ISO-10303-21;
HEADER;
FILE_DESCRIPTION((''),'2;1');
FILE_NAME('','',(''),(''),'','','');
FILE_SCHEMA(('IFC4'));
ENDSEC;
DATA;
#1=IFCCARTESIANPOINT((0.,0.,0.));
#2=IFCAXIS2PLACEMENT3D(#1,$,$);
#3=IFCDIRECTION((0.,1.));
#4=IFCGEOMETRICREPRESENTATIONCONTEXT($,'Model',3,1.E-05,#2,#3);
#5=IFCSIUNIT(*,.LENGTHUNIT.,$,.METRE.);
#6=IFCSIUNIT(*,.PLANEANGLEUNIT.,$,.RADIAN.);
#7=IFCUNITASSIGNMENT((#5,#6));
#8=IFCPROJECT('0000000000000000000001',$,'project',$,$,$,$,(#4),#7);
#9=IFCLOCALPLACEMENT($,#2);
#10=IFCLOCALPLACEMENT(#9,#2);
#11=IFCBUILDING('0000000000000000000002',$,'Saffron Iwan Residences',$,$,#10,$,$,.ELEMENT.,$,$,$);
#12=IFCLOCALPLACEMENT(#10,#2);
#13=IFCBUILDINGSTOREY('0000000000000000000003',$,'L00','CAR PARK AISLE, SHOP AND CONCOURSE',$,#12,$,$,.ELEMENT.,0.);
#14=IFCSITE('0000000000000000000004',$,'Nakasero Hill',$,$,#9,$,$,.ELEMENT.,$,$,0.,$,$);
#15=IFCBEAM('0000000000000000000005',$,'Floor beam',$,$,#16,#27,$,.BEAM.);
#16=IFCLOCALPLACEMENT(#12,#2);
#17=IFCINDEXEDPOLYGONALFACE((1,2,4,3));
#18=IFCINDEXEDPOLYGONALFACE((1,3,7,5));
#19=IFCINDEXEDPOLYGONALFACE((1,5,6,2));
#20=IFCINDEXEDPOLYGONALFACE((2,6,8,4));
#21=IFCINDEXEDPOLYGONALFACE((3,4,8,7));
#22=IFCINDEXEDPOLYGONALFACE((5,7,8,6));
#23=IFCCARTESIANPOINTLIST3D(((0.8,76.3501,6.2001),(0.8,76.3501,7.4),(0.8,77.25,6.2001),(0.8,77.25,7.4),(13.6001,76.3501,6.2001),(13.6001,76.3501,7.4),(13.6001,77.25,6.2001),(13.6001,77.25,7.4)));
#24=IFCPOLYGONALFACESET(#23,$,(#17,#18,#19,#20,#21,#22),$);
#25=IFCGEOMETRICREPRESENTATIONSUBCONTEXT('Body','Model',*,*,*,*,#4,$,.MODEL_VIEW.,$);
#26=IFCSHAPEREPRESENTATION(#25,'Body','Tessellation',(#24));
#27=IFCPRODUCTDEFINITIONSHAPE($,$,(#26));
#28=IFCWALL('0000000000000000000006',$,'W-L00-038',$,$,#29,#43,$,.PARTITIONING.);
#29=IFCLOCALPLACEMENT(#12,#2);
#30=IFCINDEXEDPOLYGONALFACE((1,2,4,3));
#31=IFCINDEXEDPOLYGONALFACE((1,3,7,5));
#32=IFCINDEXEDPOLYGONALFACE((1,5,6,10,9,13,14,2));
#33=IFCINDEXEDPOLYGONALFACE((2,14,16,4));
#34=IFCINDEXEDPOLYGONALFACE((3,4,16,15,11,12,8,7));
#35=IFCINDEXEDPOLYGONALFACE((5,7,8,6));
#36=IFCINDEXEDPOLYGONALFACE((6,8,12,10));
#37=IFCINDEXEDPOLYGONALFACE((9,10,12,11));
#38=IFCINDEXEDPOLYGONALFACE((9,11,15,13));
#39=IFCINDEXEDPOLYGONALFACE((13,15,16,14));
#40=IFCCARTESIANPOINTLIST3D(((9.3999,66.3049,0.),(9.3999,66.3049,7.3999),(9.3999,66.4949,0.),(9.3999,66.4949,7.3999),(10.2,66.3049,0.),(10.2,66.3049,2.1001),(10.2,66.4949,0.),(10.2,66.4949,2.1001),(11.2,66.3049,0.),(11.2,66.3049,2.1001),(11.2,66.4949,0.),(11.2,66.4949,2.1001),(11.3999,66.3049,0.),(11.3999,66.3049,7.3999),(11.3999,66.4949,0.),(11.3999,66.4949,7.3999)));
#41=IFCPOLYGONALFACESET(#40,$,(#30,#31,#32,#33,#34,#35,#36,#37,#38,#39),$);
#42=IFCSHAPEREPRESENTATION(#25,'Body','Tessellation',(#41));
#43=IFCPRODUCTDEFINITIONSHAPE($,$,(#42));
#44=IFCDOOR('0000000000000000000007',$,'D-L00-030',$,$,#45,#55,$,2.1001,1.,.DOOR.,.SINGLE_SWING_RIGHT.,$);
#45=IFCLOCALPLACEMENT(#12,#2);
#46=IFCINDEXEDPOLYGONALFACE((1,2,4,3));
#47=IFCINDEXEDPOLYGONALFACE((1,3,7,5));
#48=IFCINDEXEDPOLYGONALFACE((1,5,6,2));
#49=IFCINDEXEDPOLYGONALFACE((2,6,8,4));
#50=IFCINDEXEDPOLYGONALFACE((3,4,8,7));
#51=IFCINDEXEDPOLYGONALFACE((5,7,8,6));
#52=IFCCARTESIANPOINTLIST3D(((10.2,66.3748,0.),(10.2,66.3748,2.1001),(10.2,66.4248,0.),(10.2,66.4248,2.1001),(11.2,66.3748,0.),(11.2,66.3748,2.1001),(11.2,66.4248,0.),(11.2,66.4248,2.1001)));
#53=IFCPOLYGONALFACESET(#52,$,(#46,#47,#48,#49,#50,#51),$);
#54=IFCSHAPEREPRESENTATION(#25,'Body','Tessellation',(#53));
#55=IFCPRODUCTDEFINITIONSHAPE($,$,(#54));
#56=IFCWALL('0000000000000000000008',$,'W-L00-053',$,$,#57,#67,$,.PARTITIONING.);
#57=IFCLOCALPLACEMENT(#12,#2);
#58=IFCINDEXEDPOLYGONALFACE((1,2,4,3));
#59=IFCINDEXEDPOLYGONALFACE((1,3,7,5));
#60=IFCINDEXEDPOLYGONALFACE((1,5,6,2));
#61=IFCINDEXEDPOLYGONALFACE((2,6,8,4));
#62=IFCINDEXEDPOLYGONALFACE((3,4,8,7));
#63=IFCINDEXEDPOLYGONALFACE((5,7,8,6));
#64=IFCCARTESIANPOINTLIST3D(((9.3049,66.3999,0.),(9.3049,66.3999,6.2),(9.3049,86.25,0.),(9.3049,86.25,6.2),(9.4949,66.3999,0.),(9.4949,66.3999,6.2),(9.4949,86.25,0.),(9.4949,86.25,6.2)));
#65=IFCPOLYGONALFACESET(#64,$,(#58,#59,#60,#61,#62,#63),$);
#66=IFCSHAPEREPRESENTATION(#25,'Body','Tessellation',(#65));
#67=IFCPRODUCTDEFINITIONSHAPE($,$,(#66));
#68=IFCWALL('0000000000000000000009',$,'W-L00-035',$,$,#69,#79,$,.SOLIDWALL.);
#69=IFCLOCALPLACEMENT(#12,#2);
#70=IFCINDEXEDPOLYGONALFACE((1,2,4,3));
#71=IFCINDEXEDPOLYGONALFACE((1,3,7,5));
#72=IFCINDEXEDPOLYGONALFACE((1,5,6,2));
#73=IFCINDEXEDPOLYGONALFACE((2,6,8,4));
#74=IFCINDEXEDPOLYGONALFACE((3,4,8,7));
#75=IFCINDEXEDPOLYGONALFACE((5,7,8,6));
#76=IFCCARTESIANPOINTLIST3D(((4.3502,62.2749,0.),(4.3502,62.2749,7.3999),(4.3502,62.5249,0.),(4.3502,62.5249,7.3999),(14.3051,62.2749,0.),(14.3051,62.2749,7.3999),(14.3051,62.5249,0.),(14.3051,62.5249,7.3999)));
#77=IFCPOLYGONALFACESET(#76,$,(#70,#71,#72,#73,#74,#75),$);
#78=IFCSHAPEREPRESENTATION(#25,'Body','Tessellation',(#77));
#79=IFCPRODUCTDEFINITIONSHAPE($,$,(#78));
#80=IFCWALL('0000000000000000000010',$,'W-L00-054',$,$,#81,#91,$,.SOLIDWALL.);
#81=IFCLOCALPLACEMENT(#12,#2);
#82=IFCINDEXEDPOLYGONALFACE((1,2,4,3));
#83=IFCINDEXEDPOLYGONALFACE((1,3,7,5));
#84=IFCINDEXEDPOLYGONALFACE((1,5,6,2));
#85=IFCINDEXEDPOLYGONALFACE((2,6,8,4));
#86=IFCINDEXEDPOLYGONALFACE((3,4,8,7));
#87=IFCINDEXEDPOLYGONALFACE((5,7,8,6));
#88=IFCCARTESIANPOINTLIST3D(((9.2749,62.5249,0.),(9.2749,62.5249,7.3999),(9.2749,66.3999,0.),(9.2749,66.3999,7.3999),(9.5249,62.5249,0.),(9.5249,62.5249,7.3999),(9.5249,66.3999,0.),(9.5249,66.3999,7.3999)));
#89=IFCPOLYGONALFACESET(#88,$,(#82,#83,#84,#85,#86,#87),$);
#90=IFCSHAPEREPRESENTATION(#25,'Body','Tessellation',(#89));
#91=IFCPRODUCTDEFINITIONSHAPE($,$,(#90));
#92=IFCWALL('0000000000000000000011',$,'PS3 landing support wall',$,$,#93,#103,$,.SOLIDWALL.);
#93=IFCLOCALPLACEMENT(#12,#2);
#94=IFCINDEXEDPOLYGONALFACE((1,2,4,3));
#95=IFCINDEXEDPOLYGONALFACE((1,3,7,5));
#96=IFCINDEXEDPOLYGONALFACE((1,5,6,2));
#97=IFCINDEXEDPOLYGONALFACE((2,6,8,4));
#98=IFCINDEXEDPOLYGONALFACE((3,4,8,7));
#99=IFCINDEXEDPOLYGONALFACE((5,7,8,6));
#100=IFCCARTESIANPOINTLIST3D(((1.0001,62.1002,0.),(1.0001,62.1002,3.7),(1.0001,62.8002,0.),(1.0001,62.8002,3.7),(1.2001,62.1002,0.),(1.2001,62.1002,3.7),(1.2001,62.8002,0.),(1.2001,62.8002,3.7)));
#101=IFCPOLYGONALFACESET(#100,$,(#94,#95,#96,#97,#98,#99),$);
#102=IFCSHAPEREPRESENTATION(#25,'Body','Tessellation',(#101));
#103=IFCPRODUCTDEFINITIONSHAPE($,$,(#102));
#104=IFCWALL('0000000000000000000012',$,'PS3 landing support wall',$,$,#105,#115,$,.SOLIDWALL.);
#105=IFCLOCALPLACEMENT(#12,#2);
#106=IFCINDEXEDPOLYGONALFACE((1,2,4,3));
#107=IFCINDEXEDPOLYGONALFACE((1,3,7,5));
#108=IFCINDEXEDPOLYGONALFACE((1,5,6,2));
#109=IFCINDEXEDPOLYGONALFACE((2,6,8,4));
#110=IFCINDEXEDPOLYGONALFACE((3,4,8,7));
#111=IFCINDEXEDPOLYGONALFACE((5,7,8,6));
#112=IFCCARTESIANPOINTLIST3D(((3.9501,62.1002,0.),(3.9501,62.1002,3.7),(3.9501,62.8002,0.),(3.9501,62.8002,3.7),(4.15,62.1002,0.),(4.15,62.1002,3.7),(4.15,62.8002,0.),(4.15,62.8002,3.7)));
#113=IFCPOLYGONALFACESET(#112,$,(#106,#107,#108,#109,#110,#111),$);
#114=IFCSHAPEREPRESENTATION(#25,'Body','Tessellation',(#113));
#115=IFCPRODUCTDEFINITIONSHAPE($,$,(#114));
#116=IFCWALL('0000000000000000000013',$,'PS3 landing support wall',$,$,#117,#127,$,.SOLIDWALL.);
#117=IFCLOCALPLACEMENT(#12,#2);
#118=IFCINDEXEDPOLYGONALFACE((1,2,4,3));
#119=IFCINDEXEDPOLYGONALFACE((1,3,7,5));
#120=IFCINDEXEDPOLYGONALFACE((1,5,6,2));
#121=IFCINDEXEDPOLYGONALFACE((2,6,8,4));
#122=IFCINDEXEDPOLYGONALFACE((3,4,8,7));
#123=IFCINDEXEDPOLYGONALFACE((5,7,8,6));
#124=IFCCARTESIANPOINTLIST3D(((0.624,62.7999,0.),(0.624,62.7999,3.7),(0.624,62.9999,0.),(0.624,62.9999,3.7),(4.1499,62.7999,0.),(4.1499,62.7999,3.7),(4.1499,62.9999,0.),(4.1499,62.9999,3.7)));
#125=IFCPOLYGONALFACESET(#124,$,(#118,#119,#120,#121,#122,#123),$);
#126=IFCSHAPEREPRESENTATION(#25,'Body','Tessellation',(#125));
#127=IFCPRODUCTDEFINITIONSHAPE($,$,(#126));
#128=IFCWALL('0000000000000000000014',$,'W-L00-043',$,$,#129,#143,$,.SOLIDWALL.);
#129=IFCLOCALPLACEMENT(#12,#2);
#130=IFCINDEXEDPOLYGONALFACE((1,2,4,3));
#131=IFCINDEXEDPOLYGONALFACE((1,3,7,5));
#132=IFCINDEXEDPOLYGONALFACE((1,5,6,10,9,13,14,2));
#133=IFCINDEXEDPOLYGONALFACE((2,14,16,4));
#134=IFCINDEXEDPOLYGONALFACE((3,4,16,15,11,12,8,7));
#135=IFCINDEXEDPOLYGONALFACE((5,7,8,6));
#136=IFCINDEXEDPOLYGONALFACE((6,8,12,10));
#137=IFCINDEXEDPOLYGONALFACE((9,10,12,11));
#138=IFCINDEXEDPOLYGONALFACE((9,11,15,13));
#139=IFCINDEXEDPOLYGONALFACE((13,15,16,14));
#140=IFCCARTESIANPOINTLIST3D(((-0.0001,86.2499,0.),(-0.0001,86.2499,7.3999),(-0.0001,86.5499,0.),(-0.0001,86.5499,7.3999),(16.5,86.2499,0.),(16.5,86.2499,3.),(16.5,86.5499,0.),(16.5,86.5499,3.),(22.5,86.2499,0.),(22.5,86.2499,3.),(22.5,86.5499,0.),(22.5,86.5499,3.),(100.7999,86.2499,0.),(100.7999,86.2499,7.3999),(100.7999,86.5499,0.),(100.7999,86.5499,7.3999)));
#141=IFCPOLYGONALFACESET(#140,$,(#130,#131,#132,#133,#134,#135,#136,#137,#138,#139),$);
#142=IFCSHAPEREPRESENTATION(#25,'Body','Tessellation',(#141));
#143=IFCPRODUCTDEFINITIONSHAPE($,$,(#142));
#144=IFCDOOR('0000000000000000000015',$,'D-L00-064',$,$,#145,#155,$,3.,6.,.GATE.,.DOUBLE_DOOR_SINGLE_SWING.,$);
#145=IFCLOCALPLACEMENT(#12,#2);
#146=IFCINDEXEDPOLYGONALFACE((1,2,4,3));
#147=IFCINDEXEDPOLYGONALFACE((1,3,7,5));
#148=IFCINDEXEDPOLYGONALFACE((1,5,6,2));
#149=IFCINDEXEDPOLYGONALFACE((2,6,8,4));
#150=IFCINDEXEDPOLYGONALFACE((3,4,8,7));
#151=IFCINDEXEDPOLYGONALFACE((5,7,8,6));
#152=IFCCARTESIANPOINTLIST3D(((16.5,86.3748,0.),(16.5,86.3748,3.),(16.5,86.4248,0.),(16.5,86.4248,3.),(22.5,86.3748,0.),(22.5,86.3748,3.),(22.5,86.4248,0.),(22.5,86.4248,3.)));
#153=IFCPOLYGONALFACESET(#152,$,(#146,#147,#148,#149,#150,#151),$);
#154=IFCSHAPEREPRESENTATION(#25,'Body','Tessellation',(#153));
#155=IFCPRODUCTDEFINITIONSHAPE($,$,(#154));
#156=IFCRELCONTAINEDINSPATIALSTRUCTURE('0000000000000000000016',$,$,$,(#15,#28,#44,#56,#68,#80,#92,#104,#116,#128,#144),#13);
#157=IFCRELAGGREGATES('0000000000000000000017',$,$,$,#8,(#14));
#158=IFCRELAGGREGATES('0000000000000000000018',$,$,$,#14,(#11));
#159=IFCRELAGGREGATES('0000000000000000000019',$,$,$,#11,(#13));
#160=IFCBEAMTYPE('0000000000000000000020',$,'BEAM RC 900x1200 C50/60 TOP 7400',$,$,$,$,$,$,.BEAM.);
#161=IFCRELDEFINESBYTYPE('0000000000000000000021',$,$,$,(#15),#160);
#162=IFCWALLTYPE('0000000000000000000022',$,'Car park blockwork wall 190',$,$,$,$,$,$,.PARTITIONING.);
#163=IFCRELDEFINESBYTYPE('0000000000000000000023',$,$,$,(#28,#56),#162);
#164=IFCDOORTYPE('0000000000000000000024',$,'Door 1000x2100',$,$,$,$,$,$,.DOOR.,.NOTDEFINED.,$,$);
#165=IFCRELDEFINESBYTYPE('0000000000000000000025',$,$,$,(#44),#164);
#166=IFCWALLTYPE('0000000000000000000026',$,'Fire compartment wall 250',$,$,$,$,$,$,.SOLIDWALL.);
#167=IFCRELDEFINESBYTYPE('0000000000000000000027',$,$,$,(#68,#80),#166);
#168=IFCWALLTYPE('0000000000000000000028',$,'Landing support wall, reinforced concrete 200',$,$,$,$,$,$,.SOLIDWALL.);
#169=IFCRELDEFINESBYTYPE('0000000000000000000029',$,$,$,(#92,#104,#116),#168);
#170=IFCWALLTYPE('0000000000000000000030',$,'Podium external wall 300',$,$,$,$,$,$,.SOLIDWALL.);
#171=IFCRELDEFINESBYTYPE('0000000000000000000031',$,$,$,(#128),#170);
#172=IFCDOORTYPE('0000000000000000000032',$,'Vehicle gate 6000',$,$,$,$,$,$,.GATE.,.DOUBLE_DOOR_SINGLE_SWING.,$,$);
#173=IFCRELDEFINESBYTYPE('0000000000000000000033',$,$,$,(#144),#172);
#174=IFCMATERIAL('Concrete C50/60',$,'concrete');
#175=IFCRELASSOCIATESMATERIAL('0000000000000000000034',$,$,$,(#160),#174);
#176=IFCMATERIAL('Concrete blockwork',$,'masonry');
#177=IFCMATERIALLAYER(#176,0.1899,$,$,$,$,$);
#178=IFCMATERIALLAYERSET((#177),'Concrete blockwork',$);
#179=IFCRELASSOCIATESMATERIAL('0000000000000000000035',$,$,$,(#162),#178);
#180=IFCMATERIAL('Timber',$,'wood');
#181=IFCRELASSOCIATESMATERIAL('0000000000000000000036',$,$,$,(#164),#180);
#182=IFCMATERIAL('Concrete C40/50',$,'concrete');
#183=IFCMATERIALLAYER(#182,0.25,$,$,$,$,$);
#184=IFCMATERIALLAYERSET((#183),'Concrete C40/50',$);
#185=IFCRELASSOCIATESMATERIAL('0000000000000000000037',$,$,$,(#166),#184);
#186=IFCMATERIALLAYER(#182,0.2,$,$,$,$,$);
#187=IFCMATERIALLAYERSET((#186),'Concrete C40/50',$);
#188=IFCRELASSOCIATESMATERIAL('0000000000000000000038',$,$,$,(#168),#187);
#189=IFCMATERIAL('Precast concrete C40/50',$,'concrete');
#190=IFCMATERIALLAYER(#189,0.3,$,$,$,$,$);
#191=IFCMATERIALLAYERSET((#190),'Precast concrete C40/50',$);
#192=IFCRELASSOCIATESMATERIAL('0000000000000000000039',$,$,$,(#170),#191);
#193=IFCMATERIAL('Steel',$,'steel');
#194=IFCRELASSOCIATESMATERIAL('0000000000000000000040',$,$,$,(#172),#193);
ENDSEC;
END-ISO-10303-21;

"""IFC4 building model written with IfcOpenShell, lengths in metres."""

from ifc_helpers import new_model, si_unit, direction, frame, frame_2d, origin, origin_2d, place, context, subcontext, project, spatial, rectangle, extrude, source, transform, mapped, material, layer, layer_set, material_profile, profile_set, type_object, element, fill, save


model = new_model("IFC4")

# Units and contexts
model_context = context("Model", 3, precision=1e-05, world=origin(), true_north=direction((0.0, 1.0)))
body_context = subcontext(model_context, "Body", "Model", "MODEL_VIEW")
ifc_project = project(units=[si_unit("LENGTHUNIT", "METRE"), si_unit("PLANEANGLEUNIT", "RADIAN")], contexts=[model_context])

# Site, building, storey
site_placement = place(None, origin())
site = spatial("IfcSite", under=ifc_project, at=site_placement, Name="Nakasero Hill", CompositionType="ELEMENT", RefElevation=0.0)
building_placement = place(site_placement, origin())
building = spatial("IfcBuilding", under=site, at=building_placement, Name="Saffron Iwan Residences", CompositionType="ELEMENT")
storey_placement = place(building_placement, origin())
storey = spatial("IfcBuildingStorey", under=building, at=storey_placement, Name="L00", Description="CAR PARK AISLE, SHOP AND CONCOURSE", CompositionType="ELEMENT", Elevation=0.0)

# Shared definitions
ifc_material_1 = material(Name="Concrete C50/60", Category="concrete")

# Beam
ifc_material_profile_1 = material_profile(ifc_material_1, rectangle(XDim=0.8999, YDim=1.2, at=origin_2d()), Name="RC 900x1200")
ifc_profile_set_1 = profile_set([ifc_material_profile_1], Name="Concrete C50/60")
beam_type_1 = type_object("IfcBeamType", Name="BEAM RC 900x1200 C50/60 TOP 7400", PredefinedType="BEAM", material=ifc_profile_set_1)
shared_shape_1 = source(origin(), body_context, "Body", "SweptSolid", [
    extrude(rectangle(XDim=0.8999, YDim=1.2, at=origin_2d()), origin(), (0.0, 0.0, 1.0), 12.8),
])
beam_1_placement = place(storey_placement, frame((0.8, 76.8, 6.8), z_axis=(1.0, 0.0, 0.0), x_axis=(0.0, 1.0, 0.0)))
element("IfcBeam", 1, at=beam_1_placement, inside=storey, type_object=beam_type_1, Name="Floor beam", PredefinedType="BEAM", context=body_context, shape_type="MappedRepresentation", body=[
    mapped(shared_shape_1, transform((0.0, 0.0, 0.0))),
])

# Wall, opening, door
ifc_material_2 = material(Name="Concrete blockwork", Category="masonry")
ifc_layer_1 = layer(ifc_material_2, 0.1899)
ifc_layer_set_1 = layer_set([ifc_layer_1], Name="Concrete blockwork")
wall_type_1 = type_object("IfcWallType", Name="Car park blockwork wall 190", PredefinedType="PARTITIONING", material=ifc_layer_set_1)
wall_1_placement = place(storey_placement, frame((9.3999, 66.3999, 0.0), z_axis=(0.0, 0.0, 1.0), x_axis=(1.0, 0.0, 0.0)))
wall_1 = element("IfcWall", 2, at=wall_1_placement, inside=storey, type_object=wall_type_1, Name="W-L00-038", PredefinedType="PARTITIONING", context=body_context, shape_type="SweptSolid", body=[
    extrude(rectangle(XDim=2.0, YDim=0.1899, at=frame_2d((1.0, 0.0))), origin(), (0.0, 0.0, 1.0), 7.3999),
])
opening_1_placement = place(wall_1_placement, frame((0.8, 0.0, 0.0)))
opening_1 = element("IfcOpeningElement", 3, at=opening_1_placement, cuts=wall_1, PredefinedType="OPENING", context=body_context, shape_type="SweptSolid", body=[
    extrude(rectangle(XDim=1.0, YDim=2.1001, at=frame_2d((0.5, 1.05))), frame((0.0, 0.105, 0.0), z_axis=(0.0, -1.0, 0.0), x_axis=(1.0, 0.0, 0.0)), (0.0, 0.0, 1.0), 0.21),
])
ifc_material_3 = material(Name="Timber", Category="wood")
door_type_1 = type_object("IfcDoorType", Name="Door 1000x2100", OperationType="NOTDEFINED", PredefinedType="DOOR", material=ifc_material_3)
door_1_placement = place(opening_1_placement, origin())
door_1 = element("IfcDoor", 4, at=door_1_placement, inside=storey, type_object=door_type_1, Name="D-L00-030", OperationType="SINGLE_SWING_RIGHT", OverallHeight=2.1001, OverallWidth=1.0, PredefinedType="DOOR", context=body_context, shape_type="SweptSolid", body=[
    extrude(rectangle(XDim=1.0, YDim=2.1001, at=frame_2d((0.5, 1.05))), frame((0.0, 0.0249, 0.0), z_axis=(0.0, -1.0, 0.0), x_axis=(1.0, 0.0, 0.0)), (0.0, 0.0, 1.0), 0.05),
])
fill(opening_1, door_1)

# Walls
wall_2_placement = place(storey_placement, frame((9.3999, 66.3999, 0.0), z_axis=(0.0, 0.0, 1.0), x_axis=(0.0, 1.0, 0.0)))
element("IfcWall", 5, at=wall_2_placement, inside=storey, type_object=wall_type_1, Name="W-L00-053", PredefinedType="PARTITIONING", context=body_context, shape_type="SweptSolid", body=[
    extrude(rectangle(XDim=19.8501, YDim=0.1899, at=frame_2d((9.925, 0.0))), origin(), (0.0, 0.0, 1.0), 6.2),
])
ifc_material_4 = material(Name="Concrete C40/50", Category="concrete")
ifc_layer_2 = layer(ifc_material_4, 0.25)
ifc_layer_set_2 = layer_set([ifc_layer_2], Name="Concrete C40/50")
wall_type_2 = type_object("IfcWallType", Name="Fire compartment wall 250", PredefinedType="SOLIDWALL", material=ifc_layer_set_2)
wall_3_placement = place(storey_placement, frame((4.3501, 62.3999, 0.0), z_axis=(0.0, 0.0, 1.0), x_axis=(1.0, 0.0, 0.0)))
element("IfcWall", 6, at=wall_3_placement, inside=storey, type_object=wall_type_2, Name="W-L00-035", PredefinedType="SOLIDWALL", context=body_context, shape_type="SweptSolid", body=[
    extrude(rectangle(XDim=9.9548, YDim=0.25, at=frame_2d((4.9775, 0.0))), origin(), (0.0, 0.0, 1.0), 7.3999),
])
wall_4_placement = place(storey_placement, frame((9.3999, 62.5249, 0.0), z_axis=(0.0, 0.0, 1.0), x_axis=(0.0, 1.0, 0.0)))
element("IfcWall", 7, at=wall_4_placement, inside=storey, type_object=wall_type_2, Name="W-L00-054", PredefinedType="SOLIDWALL", context=body_context, shape_type="SweptSolid", body=[
    extrude(rectangle(XDim=3.875, YDim=0.25, at=frame_2d((1.9375, 0.0))), origin(), (0.0, 0.0, 1.0), 7.3999),
])
ifc_layer_3 = layer(ifc_material_4, 0.2)
ifc_layer_set_3 = layer_set([ifc_layer_3], Name="Concrete C40/50")
wall_type_3 = type_object("IfcWallType", Name="Landing support wall, reinforced concrete 200", PredefinedType="SOLIDWALL", material=ifc_layer_set_3)
for number, where, z_axis, x_axis, name in (
    (8, (1.1001, 62.1001, 0.0), (0.0, 0.0, 1.0), (0.0, 1.0, 0.0), "PS3 landing support wall"),
    (9, (4.05, 62.1001, 0.0), (0.0, 0.0, 1.0), (0.0, 1.0, 0.0), "PS3 landing support wall"),
):
    element("IfcWall", number, at=place(storey_placement, frame(where, z_axis=z_axis, x_axis=x_axis)), inside=storey, type_object=wall_type_3, Name=name, PredefinedType="SOLIDWALL", context=body_context, shape_type="SweptSolid", body=[
        extrude(rectangle(XDim=0.7, YDim=0.2, at=frame_2d((0.3501, 0.0))), origin(), (0.0, 0.0, 1.0), 3.7),
    ])
wall_5_placement = place(storey_placement, frame((0.624, 62.8999, 0.0), z_axis=(0.0, 0.0, 1.0), x_axis=(1.0, 0.0, 0.0)))
element("IfcWall", 10, at=wall_5_placement, inside=storey, type_object=wall_type_3, Name="PS3 landing support wall", PredefinedType="SOLIDWALL", context=body_context, shape_type="SweptSolid", body=[
    extrude(rectangle(XDim=3.5259, YDim=0.2, at=frame_2d((1.7629, 0.0))), origin(), (0.0, 0.0, 1.0), 3.7),
])

# Wall, opening, door
ifc_material_5 = material(Name="Precast concrete C40/50", Category="concrete")
ifc_layer_4 = layer(ifc_material_5, 0.3)
ifc_layer_set_4 = layer_set([ifc_layer_4], Name="Precast concrete C40/50")
wall_type_4 = type_object("IfcWallType", Name="Podium external wall 300", PredefinedType="SOLIDWALL", material=ifc_layer_set_4)
wall_6_placement = place(storey_placement, frame((0.0, 86.3999, 0.0), z_axis=(0.0, 0.0, 1.0), x_axis=(1.0, 0.0, 0.0)))
wall_6 = element("IfcWall", 11, at=wall_6_placement, inside=storey, type_object=wall_type_4, Name="W-L00-043", PredefinedType="SOLIDWALL", context=body_context, shape_type="SweptSolid", body=[
    extrude(rectangle(XDim=100.8, YDim=0.3, at=frame_2d((50.3999, 0.0))), origin(), (0.0, 0.0, 1.0), 7.3999),
])
opening_2_placement = place(wall_6_placement, frame((16.5, 0.0, 0.0)))
opening_2 = element("IfcOpeningElement", 12, at=opening_2_placement, cuts=wall_6, PredefinedType="OPENING", context=body_context, shape_type="SweptSolid", body=[
    extrude(rectangle(XDim=6.0, YDim=3.0, at=frame_2d((3.0, 1.5))), frame((0.0, 0.1602, 0.0), z_axis=(0.0, -1.0, 0.0), x_axis=(1.0, 0.0, 0.0)), (0.0, 0.0, 1.0), 0.3201),
])
ifc_material_6 = material(Name="Steel", Category="steel")
door_type_2 = type_object("IfcDoorType", Name="Vehicle gate 6000", OperationType="DOUBLE_DOOR_SINGLE_SWING", PredefinedType="GATE", material=ifc_material_6)
door_2_placement = place(opening_2_placement, origin())
door_2 = element("IfcDoor", 13, at=door_2_placement, inside=storey, type_object=door_type_2, Name="D-L00-064", OperationType="DOUBLE_DOOR_SINGLE_SWING", OverallHeight=3.0, OverallWidth=6.0, PredefinedType="GATE", context=body_context, shape_type="SweptSolid", body=[
    extrude(rectangle(XDim=6.0, YDim=3.0, at=frame_2d((3.0, 1.5))), frame((0.0, 0.0249, 0.0), z_axis=(0.0, -1.0, 0.0), x_axis=(1.0, 0.0, 0.0)), (0.0, 0.0, 1.0), 0.05),
])
fill(opening_2, door_2)

save(model, "model.ifc")
